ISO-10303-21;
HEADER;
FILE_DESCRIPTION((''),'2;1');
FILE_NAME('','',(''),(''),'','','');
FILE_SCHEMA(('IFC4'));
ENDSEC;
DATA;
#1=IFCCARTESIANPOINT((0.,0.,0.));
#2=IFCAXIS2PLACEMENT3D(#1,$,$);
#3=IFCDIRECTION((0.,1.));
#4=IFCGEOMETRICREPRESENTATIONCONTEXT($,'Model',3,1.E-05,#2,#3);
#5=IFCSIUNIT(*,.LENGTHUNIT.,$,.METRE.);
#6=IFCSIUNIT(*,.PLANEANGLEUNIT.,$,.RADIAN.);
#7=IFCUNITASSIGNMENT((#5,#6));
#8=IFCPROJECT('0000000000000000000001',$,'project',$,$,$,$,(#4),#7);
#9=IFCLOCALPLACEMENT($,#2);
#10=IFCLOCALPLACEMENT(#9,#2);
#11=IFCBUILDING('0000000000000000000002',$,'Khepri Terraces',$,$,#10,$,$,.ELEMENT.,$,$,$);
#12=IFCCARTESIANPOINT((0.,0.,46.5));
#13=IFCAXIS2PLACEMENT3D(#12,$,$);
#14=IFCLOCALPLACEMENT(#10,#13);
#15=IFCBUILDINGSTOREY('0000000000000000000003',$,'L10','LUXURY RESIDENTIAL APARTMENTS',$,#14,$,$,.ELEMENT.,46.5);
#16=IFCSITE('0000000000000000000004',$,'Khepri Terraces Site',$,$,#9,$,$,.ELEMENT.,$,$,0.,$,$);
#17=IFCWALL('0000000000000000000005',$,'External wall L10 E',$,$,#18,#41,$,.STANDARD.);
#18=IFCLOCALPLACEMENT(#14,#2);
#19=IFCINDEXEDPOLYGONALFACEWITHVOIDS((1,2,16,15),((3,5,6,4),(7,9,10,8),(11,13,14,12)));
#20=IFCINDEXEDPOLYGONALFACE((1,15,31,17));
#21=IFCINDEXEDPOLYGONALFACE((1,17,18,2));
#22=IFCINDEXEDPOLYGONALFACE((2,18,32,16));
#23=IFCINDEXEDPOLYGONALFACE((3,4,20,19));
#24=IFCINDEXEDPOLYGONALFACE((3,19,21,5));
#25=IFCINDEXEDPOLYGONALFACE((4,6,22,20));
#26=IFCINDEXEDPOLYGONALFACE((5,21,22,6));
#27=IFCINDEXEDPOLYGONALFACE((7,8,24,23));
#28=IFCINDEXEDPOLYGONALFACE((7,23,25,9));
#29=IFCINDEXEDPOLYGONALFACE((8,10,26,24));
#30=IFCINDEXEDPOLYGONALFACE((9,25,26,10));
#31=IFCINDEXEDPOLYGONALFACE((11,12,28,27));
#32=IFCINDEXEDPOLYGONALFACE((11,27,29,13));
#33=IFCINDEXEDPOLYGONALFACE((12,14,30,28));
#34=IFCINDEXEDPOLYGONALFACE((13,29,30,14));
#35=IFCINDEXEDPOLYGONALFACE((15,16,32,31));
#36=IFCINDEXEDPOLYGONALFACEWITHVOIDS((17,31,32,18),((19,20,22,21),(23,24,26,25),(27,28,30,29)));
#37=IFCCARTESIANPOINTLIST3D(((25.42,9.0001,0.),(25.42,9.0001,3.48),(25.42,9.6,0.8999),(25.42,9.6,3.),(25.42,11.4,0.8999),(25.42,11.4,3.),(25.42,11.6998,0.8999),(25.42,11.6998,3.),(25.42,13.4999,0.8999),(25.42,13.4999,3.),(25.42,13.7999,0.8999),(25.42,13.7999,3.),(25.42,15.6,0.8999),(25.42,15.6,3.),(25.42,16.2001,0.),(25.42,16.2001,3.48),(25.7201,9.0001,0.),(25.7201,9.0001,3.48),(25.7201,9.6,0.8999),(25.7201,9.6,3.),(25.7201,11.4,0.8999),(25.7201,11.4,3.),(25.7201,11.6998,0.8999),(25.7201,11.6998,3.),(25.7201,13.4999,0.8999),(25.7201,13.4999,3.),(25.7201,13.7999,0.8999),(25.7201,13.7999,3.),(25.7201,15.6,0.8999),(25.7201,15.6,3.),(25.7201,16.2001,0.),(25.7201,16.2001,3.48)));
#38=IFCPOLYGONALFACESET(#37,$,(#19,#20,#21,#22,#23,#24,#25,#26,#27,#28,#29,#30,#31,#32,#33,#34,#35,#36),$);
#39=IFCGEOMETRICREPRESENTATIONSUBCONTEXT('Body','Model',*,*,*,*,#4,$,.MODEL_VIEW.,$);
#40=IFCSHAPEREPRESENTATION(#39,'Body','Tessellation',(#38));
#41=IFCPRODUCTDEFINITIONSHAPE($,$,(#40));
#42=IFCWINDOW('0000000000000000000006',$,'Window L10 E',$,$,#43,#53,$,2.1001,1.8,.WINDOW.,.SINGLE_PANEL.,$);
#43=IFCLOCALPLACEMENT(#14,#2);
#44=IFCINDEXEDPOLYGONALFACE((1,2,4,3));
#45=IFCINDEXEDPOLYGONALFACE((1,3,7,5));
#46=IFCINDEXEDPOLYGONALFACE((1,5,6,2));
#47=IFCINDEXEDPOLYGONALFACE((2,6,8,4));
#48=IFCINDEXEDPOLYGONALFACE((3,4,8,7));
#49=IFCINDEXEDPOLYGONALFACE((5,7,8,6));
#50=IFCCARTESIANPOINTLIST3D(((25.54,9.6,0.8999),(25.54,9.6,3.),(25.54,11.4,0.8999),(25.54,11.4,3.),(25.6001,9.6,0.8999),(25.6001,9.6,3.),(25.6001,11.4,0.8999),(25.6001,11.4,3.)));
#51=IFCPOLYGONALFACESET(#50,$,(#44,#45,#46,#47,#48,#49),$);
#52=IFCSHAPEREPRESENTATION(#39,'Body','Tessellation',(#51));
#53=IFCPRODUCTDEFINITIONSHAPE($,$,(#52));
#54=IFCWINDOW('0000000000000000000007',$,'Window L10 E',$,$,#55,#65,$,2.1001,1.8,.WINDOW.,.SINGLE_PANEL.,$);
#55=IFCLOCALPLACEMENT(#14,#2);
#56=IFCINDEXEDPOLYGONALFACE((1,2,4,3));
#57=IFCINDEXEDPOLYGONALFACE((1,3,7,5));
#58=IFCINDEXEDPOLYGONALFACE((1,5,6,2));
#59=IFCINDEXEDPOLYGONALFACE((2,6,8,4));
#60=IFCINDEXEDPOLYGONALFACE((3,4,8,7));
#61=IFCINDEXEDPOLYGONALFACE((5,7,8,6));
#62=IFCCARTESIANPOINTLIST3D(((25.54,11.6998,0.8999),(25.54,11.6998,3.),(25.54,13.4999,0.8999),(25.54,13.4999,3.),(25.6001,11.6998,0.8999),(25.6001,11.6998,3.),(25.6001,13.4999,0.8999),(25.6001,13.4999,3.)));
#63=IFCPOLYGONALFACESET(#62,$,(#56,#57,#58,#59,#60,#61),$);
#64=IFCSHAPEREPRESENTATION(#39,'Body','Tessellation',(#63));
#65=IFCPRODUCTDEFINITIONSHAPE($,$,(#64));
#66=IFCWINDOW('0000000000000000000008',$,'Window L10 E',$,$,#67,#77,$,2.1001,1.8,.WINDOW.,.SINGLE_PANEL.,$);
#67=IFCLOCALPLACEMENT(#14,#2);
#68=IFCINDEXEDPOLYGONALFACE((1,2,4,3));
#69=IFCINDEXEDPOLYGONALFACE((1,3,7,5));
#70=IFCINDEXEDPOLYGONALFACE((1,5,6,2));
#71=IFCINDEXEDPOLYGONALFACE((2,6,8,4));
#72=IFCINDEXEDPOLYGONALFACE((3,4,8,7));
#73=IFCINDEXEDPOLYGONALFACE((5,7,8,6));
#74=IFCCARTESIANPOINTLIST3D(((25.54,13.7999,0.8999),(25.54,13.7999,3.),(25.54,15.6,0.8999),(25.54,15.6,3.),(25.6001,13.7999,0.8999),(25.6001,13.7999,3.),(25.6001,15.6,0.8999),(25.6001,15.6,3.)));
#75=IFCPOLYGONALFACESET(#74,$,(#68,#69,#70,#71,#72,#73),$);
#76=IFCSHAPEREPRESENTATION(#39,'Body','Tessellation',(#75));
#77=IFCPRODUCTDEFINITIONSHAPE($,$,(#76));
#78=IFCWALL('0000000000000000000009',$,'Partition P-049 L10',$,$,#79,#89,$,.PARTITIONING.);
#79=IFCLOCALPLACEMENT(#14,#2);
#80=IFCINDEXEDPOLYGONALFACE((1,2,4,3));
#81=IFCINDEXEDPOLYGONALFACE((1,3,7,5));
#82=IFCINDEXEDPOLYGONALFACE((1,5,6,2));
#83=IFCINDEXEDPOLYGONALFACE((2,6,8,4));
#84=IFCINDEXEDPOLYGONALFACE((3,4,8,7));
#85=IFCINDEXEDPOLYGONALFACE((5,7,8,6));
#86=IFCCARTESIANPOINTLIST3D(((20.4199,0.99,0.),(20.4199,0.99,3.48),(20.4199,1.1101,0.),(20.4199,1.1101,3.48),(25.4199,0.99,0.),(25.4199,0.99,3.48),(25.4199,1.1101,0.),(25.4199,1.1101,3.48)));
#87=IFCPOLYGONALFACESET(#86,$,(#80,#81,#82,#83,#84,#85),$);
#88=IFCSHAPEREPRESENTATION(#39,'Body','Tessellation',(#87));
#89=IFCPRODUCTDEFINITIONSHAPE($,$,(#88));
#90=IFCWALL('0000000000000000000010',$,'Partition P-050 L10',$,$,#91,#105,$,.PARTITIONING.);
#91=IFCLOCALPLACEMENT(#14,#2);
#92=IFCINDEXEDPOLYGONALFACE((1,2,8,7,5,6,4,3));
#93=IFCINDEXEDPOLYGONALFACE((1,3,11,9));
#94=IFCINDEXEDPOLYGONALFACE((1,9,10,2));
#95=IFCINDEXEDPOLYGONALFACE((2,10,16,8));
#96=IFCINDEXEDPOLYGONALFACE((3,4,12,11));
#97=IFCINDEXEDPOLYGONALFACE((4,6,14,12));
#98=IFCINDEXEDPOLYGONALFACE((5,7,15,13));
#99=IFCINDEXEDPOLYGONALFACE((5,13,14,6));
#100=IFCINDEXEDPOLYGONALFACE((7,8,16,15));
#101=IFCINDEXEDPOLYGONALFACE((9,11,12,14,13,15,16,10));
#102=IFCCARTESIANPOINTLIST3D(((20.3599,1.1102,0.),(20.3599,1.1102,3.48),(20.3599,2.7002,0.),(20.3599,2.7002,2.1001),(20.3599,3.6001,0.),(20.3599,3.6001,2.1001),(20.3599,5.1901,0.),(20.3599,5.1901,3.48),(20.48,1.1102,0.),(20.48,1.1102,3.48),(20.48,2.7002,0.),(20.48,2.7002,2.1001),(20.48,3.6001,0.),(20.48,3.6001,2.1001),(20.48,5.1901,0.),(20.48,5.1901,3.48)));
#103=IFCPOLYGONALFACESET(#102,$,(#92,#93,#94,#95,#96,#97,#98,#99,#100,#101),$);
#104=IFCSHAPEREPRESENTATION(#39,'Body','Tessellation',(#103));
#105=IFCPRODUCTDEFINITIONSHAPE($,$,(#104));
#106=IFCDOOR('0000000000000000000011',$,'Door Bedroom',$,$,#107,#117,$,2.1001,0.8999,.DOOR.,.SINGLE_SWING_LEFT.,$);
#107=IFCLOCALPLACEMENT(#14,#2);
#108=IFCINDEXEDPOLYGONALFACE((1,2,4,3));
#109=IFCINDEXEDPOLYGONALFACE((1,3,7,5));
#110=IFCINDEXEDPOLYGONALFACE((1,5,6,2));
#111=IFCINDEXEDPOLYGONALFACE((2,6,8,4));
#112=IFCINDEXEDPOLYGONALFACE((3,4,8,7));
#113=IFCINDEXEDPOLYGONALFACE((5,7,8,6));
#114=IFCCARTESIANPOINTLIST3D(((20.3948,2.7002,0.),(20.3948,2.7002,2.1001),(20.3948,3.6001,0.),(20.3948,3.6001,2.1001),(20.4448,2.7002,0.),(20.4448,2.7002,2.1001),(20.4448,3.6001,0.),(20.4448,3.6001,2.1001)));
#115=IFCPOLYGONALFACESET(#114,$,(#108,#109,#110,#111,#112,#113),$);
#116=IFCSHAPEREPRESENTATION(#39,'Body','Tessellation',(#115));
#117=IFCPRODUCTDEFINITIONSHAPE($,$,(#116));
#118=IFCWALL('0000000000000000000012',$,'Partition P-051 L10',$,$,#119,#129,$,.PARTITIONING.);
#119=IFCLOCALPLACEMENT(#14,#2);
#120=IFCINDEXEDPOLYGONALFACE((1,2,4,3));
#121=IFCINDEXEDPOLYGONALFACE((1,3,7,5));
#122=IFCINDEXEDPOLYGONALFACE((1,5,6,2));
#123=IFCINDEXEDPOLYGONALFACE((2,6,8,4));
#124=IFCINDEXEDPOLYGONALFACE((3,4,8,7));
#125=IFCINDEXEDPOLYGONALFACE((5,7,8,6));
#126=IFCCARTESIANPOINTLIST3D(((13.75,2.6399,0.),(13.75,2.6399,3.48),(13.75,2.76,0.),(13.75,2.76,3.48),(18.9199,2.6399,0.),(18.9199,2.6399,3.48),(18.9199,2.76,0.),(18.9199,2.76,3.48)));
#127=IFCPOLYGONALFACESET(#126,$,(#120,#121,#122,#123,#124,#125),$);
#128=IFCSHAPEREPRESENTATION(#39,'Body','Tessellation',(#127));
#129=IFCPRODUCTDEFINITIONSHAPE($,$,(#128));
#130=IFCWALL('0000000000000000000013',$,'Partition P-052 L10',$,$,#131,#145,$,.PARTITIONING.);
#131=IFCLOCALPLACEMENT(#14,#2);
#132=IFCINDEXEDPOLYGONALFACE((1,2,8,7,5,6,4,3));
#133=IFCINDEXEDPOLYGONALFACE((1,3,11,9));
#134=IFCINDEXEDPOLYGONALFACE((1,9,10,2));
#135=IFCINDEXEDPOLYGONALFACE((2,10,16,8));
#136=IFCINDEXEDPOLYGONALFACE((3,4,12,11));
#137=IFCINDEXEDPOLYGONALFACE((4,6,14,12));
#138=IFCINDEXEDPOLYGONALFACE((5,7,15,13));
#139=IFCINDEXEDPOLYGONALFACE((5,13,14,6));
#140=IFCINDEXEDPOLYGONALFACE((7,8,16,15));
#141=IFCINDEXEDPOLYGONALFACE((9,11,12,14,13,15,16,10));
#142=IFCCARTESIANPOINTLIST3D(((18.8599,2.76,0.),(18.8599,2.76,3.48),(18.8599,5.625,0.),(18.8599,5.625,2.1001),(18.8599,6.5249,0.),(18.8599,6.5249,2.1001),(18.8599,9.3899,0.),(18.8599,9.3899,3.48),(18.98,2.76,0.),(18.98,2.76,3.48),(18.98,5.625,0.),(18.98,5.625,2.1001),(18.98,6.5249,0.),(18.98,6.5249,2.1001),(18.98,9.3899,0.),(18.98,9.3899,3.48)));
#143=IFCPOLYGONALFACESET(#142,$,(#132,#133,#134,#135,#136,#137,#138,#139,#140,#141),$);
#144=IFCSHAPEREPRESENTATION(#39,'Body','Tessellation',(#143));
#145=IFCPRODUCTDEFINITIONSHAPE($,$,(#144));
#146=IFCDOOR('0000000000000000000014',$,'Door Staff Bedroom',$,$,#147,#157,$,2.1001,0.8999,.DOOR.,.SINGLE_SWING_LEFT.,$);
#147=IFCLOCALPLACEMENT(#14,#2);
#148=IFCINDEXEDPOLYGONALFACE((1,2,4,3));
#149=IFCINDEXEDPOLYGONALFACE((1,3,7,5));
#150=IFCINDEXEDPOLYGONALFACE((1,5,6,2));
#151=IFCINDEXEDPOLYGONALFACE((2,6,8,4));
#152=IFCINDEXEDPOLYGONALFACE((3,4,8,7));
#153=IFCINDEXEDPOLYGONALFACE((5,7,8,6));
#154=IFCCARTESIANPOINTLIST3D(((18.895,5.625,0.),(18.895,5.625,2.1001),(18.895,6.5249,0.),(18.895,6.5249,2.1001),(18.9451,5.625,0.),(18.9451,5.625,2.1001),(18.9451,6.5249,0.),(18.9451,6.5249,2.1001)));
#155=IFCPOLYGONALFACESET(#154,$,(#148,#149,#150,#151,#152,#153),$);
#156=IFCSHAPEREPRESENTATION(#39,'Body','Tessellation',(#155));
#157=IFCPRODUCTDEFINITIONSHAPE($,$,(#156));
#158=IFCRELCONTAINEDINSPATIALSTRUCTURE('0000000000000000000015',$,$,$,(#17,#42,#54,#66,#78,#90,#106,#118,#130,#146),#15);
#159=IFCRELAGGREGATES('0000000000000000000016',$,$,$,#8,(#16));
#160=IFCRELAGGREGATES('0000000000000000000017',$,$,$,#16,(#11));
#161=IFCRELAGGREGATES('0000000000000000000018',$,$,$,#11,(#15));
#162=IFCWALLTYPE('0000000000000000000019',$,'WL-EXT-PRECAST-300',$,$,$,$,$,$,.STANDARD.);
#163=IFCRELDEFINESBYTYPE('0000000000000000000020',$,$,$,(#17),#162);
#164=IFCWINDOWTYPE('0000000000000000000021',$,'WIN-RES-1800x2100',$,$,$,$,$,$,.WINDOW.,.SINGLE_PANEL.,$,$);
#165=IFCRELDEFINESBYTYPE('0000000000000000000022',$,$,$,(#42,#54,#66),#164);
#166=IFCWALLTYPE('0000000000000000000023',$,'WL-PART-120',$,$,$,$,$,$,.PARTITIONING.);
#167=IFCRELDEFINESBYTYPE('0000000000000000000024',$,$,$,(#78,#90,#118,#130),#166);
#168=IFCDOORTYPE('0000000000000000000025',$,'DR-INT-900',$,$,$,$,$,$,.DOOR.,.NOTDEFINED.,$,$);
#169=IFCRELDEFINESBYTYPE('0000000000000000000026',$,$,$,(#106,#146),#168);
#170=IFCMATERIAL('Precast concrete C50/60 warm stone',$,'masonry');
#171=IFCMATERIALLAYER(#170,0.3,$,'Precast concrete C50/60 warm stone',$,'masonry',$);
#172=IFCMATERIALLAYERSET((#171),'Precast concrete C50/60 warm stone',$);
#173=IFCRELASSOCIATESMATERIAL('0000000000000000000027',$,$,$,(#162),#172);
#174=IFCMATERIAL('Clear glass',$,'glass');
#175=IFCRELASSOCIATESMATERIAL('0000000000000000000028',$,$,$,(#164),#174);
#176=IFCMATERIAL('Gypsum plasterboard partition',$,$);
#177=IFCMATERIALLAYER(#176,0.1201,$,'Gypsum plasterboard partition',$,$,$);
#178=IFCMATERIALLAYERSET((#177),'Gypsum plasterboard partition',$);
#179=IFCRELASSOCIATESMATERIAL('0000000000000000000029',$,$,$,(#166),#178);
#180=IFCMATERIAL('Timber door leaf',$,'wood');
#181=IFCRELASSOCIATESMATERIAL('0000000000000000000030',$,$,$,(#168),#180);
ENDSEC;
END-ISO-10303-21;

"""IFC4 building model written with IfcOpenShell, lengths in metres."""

from ifc_helpers import new_model, si_unit, direction, frame, frame_2d, origin, place, context, subcontext, project, spatial, rectangle, extrude, material, layer, layer_set, type_object, element, fill, save


model = new_model("IFC4")

# Units and contexts
model_context = context("Model", 3, precision=1e-05, world=origin(), true_north=direction((0.0, 1.0)))
body_context = subcontext(model_context, "Body", "Model", "MODEL_VIEW")
ifc_project = project(units=[si_unit("LENGTHUNIT", "METRE"), si_unit("PLANEANGLEUNIT", "RADIAN")], contexts=[model_context])

# Site, building, storey
site_placement = place(None, origin())
site = spatial("IfcSite", under=ifc_project, at=site_placement, Name="Khepri Terraces Site", CompositionType="ELEMENT", RefElevation=0.0)
building_placement = place(site_placement, origin())
building = spatial("IfcBuilding", under=site, at=building_placement, Name="Khepri Terraces", CompositionType="ELEMENT")
storey_placement = place(building_placement, frame((0.0, 0.0, 46.5)))
storey = spatial("IfcBuildingStorey", under=building, at=storey_placement, Name="L10", Description="LUXURY RESIDENTIAL APARTMENTS", CompositionType="ELEMENT", Elevation=46.5)

# Wall, openings, windows
ifc_material_1 = material(Name="Precast concrete C50/60 warm stone", Category="masonry")
ifc_layer_1 = layer(ifc_material_1, 0.3, Name="Precast concrete C50/60 warm stone", Category="masonry")
ifc_layer_set_1 = layer_set([ifc_layer_1], Name="Precast concrete C50/60 warm stone")
wall_type_1 = type_object("IfcWallType", Name="WL-EXT-PRECAST-300", PredefinedType="STANDARD", material=ifc_layer_set_1)
ifc_material_2 = material(Name="Clear glass", Category="glass")
window_type_1 = type_object("IfcWindowType", Name="WIN-RES-1800x2100", PartitioningType="SINGLE_PANEL", PredefinedType="WINDOW", material=ifc_material_2)
wall_1_placement = place(storey_placement, frame((25.5701, 9.0, 0.0), z_axis=(0.0, 0.0, 1.0), x_axis=(0.0, 1.0, 0.0)))
wall_1 = element("IfcWall", 1, at=wall_1_placement, inside=storey, type_object=wall_type_1, Name="External wall L10 E", PredefinedType="STANDARD", context=body_context, shape_type="SweptSolid", body=[
    extrude(rectangle(XDim=7.2, YDim=0.3, at=frame_2d((3.6001, 0.0))), origin(), (0.0, 0.0, 1.0), 3.48),
])
opening_1_placement = place(wall_1_placement, frame((0.6001, 0.0, 0.8999)))
opening_1 = element("IfcOpeningElement", 2, at=opening_1_placement, cuts=wall_1, PredefinedType="OPENING", context=body_context, shape_type="SweptSolid", body=[
    extrude(rectangle(XDim=1.8, YDim=2.1001, at=frame_2d((0.8999, 1.05))), frame((0.0, 0.1602, 0.0), z_axis=(0.0, -1.0, 0.0), x_axis=(1.0, 0.0, 0.0)), (0.0, 0.0, 1.0), 0.3201),
])
opening_2_placement = place(wall_1_placement, frame((2.7, 0.0, 0.8999)))
opening_2 = element("IfcOpeningElement", 3, at=opening_2_placement, cuts=wall_1, PredefinedType="OPENING", context=body_context, shape_type="SweptSolid", body=[
    extrude(rectangle(XDim=1.8, YDim=2.1001, at=frame_2d((0.8999, 1.05))), frame((0.0, 0.1602, 0.0), z_axis=(0.0, -1.0, 0.0), x_axis=(1.0, 0.0, 0.0)), (0.0, 0.0, 1.0), 0.3201),
])
opening_3_placement = place(wall_1_placement, frame((4.8, 0.0, 0.8999)))
opening_3 = element("IfcOpeningElement", 4, at=opening_3_placement, cuts=wall_1, PredefinedType="OPENING", context=body_context, shape_type="SweptSolid", body=[
    extrude(rectangle(XDim=1.8, YDim=2.1001, at=frame_2d((0.8999, 1.05))), frame((0.0, 0.1602, 0.0), z_axis=(0.0, -1.0, 0.0), x_axis=(1.0, 0.0, 0.0)), (0.0, 0.0, 1.0), 0.3201),
])
window_1_placement = place(opening_1_placement, origin())
window_1 = element("IfcWindow", 5, at=window_1_placement, inside=storey, type_object=window_type_1, Name="Window L10 E", OverallHeight=2.1001, OverallWidth=1.8, PartitioningType="SINGLE_PANEL", PredefinedType="WINDOW", context=body_context, shape_type="SweptSolid", body=[
    extrude(rectangle(XDim=1.8, YDim=2.1001, at=frame_2d((0.8999, 1.05))), frame((0.0, 0.03, 0.0), z_axis=(0.0, -1.0, 0.0), x_axis=(1.0, 0.0, 0.0)), (0.0, 0.0, 1.0), 0.0601),
])
fill(opening_1, window_1)
window_2_placement = place(opening_2_placement, origin())
window_2 = element("IfcWindow", 6, at=window_2_placement, inside=storey, type_object=window_type_1, Name="Window L10 E", OverallHeight=2.1001, OverallWidth=1.8, PartitioningType="SINGLE_PANEL", PredefinedType="WINDOW", context=body_context, shape_type="SweptSolid", body=[
    extrude(rectangle(XDim=1.8, YDim=2.1001, at=frame_2d((0.8999, 1.05))), frame((0.0, 0.03, 0.0), z_axis=(0.0, -1.0, 0.0), x_axis=(1.0, 0.0, 0.0)), (0.0, 0.0, 1.0), 0.0601),
])
fill(opening_2, window_2)
window_3_placement = place(opening_3_placement, origin())
window_3 = element("IfcWindow", 7, at=window_3_placement, inside=storey, type_object=window_type_1, Name="Window L10 E", OverallHeight=2.1001, OverallWidth=1.8, PartitioningType="SINGLE_PANEL", PredefinedType="WINDOW", context=body_context, shape_type="SweptSolid", body=[
    extrude(rectangle(XDim=1.8, YDim=2.1001, at=frame_2d((0.8999, 1.05))), frame((0.0, 0.03, 0.0), z_axis=(0.0, -1.0, 0.0), x_axis=(1.0, 0.0, 0.0)), (0.0, 0.0, 1.0), 0.0601),
])
fill(opening_3, window_3)

# Wall
ifc_material_3 = material(Name="Gypsum plasterboard partition")
ifc_layer_2 = layer(ifc_material_3, 0.1201, Name="Gypsum plasterboard partition")
ifc_layer_set_2 = layer_set([ifc_layer_2], Name="Gypsum plasterboard partition")
wall_type_2 = type_object("IfcWallType", Name="WL-PART-120", PredefinedType="PARTITIONING", material=ifc_layer_set_2)
wall_2_placement = place(storey_placement, frame((20.4199, 1.05, 0.0), z_axis=(0.0, 0.0, 1.0), x_axis=(1.0, 0.0, 0.0)))
element("IfcWall", 8, at=wall_2_placement, inside=storey, type_object=wall_type_2, Name="Partition P-049 L10", PredefinedType="PARTITIONING", context=body_context, shape_type="SweptSolid", body=[
    extrude(rectangle(XDim=5.0, YDim=0.1201, at=frame_2d((2.5, 0.0))), origin(), (0.0, 0.0, 1.0), 3.48),
])

# Wall, opening, door
wall_3_placement = place(storey_placement, frame((20.4199, 1.1101, 0.0), z_axis=(0.0, 0.0, 1.0), x_axis=(0.0, 1.0, 0.0)))
wall_3 = element("IfcWall", 9, at=wall_3_placement, inside=storey, type_object=wall_type_2, Name="Partition P-050 L10", PredefinedType="PARTITIONING", context=body_context, shape_type="SweptSolid", body=[
    extrude(rectangle(XDim=4.0798, YDim=0.1201, at=frame_2d((2.04, 0.0))), origin(), (0.0, 0.0, 1.0), 3.48),
])
opening_4_placement = place(wall_3_placement, frame((1.5901, 0.0, 0.0)))
opening_4 = element("IfcOpeningElement", 10, at=opening_4_placement, cuts=wall_3, PredefinedType="OPENING", context=body_context, shape_type="SweptSolid", body=[
    extrude(rectangle(XDim=0.8999, YDim=2.1001, at=frame_2d((0.45, 1.05))), frame((0.0, 0.0701, 0.0), z_axis=(0.0, -1.0, 0.0), x_axis=(1.0, 0.0, 0.0)), (0.0, 0.0, 1.0), 0.1401),
])
ifc_material_4 = material(Name="Timber door leaf", Category="wood")
door_type_1 = type_object("IfcDoorType", Name="DR-INT-900", OperationType="NOTDEFINED", PredefinedType="DOOR", material=ifc_material_4)
door_1_placement = place(opening_4_placement, frame((0.8999, 0.0, 0.0), z_axis=(0.0, 0.0, 1.0), x_axis=(-1.0, 0.0, 0.0)))
door_1 = element("IfcDoor", 11, at=door_1_placement, inside=storey, type_object=door_type_1, Name="Door Bedroom", OperationType="SINGLE_SWING_LEFT", OverallHeight=2.1001, OverallWidth=0.8999, PredefinedType="DOOR", context=body_context, shape_type="SweptSolid", body=[
    extrude(rectangle(XDim=0.8999, YDim=2.1001, at=frame_2d((0.45, 1.05))), frame((0.0, 0.0249, 0.0), z_axis=(0.0, -1.0, 0.0), x_axis=(1.0, 0.0, 0.0)), (0.0, 0.0, 1.0), 0.05),
])
fill(opening_4, door_1)

# Wall
wall_4_placement = place(storey_placement, frame((13.75, 2.7, 0.0), z_axis=(0.0, 0.0, 1.0), x_axis=(1.0, 0.0, 0.0)))
element("IfcWall", 12, at=wall_4_placement, inside=storey, type_object=wall_type_2, Name="Partition P-051 L10", PredefinedType="PARTITIONING", context=body_context, shape_type="SweptSolid", body=[
    extrude(rectangle(XDim=5.1699, YDim=0.1201, at=frame_2d((2.585, 0.0))), origin(), (0.0, 0.0, 1.0), 3.48),
])

# Wall, opening, door
wall_5_placement = place(storey_placement, frame((18.9199, 2.76, 0.0), z_axis=(0.0, 0.0, 1.0), x_axis=(0.0, 1.0, 0.0)))
wall_5 = element("IfcWall", 13, at=wall_5_placement, inside=storey, type_object=wall_type_2, Name="Partition P-052 L10", PredefinedType="PARTITIONING", context=body_context, shape_type="SweptSolid", body=[
    extrude(rectangle(XDim=6.6299, YDim=0.1201, at=frame_2d((3.3149, 0.0))), origin(), (0.0, 0.0, 1.0), 3.48),
])
opening_5_placement = place(wall_5_placement, frame((2.865, 0.0, 0.0)))
opening_5 = element("IfcOpeningElement", 14, at=opening_5_placement, cuts=wall_5, PredefinedType="OPENING", context=body_context, shape_type="SweptSolid", body=[
    extrude(rectangle(XDim=0.8999, YDim=2.1001, at=frame_2d((0.45, 1.05))), frame((0.0, 0.0701, 0.0), z_axis=(0.0, -1.0, 0.0), x_axis=(1.0, 0.0, 0.0)), (0.0, 0.0, 1.0), 0.1401),
])
door_2_placement = place(opening_5_placement, origin())
door_2 = element("IfcDoor", 15, at=door_2_placement, inside=storey, type_object=door_type_1, Name="Door Staff Bedroom", OperationType="SINGLE_SWING_LEFT", OverallHeight=2.1001, OverallWidth=0.8999, PredefinedType="DOOR", context=body_context, shape_type="SweptSolid", body=[
    extrude(rectangle(XDim=0.8999, YDim=2.1001, at=frame_2d((0.45, 1.05))), frame((0.0, 0.0249, 0.0), z_axis=(0.0, -1.0, 0.0), x_axis=(1.0, 0.0, 0.0)), (0.0, 0.0, 1.0), 0.05),
])
fill(opening_5, door_2)

save(model, "model.ifc")
